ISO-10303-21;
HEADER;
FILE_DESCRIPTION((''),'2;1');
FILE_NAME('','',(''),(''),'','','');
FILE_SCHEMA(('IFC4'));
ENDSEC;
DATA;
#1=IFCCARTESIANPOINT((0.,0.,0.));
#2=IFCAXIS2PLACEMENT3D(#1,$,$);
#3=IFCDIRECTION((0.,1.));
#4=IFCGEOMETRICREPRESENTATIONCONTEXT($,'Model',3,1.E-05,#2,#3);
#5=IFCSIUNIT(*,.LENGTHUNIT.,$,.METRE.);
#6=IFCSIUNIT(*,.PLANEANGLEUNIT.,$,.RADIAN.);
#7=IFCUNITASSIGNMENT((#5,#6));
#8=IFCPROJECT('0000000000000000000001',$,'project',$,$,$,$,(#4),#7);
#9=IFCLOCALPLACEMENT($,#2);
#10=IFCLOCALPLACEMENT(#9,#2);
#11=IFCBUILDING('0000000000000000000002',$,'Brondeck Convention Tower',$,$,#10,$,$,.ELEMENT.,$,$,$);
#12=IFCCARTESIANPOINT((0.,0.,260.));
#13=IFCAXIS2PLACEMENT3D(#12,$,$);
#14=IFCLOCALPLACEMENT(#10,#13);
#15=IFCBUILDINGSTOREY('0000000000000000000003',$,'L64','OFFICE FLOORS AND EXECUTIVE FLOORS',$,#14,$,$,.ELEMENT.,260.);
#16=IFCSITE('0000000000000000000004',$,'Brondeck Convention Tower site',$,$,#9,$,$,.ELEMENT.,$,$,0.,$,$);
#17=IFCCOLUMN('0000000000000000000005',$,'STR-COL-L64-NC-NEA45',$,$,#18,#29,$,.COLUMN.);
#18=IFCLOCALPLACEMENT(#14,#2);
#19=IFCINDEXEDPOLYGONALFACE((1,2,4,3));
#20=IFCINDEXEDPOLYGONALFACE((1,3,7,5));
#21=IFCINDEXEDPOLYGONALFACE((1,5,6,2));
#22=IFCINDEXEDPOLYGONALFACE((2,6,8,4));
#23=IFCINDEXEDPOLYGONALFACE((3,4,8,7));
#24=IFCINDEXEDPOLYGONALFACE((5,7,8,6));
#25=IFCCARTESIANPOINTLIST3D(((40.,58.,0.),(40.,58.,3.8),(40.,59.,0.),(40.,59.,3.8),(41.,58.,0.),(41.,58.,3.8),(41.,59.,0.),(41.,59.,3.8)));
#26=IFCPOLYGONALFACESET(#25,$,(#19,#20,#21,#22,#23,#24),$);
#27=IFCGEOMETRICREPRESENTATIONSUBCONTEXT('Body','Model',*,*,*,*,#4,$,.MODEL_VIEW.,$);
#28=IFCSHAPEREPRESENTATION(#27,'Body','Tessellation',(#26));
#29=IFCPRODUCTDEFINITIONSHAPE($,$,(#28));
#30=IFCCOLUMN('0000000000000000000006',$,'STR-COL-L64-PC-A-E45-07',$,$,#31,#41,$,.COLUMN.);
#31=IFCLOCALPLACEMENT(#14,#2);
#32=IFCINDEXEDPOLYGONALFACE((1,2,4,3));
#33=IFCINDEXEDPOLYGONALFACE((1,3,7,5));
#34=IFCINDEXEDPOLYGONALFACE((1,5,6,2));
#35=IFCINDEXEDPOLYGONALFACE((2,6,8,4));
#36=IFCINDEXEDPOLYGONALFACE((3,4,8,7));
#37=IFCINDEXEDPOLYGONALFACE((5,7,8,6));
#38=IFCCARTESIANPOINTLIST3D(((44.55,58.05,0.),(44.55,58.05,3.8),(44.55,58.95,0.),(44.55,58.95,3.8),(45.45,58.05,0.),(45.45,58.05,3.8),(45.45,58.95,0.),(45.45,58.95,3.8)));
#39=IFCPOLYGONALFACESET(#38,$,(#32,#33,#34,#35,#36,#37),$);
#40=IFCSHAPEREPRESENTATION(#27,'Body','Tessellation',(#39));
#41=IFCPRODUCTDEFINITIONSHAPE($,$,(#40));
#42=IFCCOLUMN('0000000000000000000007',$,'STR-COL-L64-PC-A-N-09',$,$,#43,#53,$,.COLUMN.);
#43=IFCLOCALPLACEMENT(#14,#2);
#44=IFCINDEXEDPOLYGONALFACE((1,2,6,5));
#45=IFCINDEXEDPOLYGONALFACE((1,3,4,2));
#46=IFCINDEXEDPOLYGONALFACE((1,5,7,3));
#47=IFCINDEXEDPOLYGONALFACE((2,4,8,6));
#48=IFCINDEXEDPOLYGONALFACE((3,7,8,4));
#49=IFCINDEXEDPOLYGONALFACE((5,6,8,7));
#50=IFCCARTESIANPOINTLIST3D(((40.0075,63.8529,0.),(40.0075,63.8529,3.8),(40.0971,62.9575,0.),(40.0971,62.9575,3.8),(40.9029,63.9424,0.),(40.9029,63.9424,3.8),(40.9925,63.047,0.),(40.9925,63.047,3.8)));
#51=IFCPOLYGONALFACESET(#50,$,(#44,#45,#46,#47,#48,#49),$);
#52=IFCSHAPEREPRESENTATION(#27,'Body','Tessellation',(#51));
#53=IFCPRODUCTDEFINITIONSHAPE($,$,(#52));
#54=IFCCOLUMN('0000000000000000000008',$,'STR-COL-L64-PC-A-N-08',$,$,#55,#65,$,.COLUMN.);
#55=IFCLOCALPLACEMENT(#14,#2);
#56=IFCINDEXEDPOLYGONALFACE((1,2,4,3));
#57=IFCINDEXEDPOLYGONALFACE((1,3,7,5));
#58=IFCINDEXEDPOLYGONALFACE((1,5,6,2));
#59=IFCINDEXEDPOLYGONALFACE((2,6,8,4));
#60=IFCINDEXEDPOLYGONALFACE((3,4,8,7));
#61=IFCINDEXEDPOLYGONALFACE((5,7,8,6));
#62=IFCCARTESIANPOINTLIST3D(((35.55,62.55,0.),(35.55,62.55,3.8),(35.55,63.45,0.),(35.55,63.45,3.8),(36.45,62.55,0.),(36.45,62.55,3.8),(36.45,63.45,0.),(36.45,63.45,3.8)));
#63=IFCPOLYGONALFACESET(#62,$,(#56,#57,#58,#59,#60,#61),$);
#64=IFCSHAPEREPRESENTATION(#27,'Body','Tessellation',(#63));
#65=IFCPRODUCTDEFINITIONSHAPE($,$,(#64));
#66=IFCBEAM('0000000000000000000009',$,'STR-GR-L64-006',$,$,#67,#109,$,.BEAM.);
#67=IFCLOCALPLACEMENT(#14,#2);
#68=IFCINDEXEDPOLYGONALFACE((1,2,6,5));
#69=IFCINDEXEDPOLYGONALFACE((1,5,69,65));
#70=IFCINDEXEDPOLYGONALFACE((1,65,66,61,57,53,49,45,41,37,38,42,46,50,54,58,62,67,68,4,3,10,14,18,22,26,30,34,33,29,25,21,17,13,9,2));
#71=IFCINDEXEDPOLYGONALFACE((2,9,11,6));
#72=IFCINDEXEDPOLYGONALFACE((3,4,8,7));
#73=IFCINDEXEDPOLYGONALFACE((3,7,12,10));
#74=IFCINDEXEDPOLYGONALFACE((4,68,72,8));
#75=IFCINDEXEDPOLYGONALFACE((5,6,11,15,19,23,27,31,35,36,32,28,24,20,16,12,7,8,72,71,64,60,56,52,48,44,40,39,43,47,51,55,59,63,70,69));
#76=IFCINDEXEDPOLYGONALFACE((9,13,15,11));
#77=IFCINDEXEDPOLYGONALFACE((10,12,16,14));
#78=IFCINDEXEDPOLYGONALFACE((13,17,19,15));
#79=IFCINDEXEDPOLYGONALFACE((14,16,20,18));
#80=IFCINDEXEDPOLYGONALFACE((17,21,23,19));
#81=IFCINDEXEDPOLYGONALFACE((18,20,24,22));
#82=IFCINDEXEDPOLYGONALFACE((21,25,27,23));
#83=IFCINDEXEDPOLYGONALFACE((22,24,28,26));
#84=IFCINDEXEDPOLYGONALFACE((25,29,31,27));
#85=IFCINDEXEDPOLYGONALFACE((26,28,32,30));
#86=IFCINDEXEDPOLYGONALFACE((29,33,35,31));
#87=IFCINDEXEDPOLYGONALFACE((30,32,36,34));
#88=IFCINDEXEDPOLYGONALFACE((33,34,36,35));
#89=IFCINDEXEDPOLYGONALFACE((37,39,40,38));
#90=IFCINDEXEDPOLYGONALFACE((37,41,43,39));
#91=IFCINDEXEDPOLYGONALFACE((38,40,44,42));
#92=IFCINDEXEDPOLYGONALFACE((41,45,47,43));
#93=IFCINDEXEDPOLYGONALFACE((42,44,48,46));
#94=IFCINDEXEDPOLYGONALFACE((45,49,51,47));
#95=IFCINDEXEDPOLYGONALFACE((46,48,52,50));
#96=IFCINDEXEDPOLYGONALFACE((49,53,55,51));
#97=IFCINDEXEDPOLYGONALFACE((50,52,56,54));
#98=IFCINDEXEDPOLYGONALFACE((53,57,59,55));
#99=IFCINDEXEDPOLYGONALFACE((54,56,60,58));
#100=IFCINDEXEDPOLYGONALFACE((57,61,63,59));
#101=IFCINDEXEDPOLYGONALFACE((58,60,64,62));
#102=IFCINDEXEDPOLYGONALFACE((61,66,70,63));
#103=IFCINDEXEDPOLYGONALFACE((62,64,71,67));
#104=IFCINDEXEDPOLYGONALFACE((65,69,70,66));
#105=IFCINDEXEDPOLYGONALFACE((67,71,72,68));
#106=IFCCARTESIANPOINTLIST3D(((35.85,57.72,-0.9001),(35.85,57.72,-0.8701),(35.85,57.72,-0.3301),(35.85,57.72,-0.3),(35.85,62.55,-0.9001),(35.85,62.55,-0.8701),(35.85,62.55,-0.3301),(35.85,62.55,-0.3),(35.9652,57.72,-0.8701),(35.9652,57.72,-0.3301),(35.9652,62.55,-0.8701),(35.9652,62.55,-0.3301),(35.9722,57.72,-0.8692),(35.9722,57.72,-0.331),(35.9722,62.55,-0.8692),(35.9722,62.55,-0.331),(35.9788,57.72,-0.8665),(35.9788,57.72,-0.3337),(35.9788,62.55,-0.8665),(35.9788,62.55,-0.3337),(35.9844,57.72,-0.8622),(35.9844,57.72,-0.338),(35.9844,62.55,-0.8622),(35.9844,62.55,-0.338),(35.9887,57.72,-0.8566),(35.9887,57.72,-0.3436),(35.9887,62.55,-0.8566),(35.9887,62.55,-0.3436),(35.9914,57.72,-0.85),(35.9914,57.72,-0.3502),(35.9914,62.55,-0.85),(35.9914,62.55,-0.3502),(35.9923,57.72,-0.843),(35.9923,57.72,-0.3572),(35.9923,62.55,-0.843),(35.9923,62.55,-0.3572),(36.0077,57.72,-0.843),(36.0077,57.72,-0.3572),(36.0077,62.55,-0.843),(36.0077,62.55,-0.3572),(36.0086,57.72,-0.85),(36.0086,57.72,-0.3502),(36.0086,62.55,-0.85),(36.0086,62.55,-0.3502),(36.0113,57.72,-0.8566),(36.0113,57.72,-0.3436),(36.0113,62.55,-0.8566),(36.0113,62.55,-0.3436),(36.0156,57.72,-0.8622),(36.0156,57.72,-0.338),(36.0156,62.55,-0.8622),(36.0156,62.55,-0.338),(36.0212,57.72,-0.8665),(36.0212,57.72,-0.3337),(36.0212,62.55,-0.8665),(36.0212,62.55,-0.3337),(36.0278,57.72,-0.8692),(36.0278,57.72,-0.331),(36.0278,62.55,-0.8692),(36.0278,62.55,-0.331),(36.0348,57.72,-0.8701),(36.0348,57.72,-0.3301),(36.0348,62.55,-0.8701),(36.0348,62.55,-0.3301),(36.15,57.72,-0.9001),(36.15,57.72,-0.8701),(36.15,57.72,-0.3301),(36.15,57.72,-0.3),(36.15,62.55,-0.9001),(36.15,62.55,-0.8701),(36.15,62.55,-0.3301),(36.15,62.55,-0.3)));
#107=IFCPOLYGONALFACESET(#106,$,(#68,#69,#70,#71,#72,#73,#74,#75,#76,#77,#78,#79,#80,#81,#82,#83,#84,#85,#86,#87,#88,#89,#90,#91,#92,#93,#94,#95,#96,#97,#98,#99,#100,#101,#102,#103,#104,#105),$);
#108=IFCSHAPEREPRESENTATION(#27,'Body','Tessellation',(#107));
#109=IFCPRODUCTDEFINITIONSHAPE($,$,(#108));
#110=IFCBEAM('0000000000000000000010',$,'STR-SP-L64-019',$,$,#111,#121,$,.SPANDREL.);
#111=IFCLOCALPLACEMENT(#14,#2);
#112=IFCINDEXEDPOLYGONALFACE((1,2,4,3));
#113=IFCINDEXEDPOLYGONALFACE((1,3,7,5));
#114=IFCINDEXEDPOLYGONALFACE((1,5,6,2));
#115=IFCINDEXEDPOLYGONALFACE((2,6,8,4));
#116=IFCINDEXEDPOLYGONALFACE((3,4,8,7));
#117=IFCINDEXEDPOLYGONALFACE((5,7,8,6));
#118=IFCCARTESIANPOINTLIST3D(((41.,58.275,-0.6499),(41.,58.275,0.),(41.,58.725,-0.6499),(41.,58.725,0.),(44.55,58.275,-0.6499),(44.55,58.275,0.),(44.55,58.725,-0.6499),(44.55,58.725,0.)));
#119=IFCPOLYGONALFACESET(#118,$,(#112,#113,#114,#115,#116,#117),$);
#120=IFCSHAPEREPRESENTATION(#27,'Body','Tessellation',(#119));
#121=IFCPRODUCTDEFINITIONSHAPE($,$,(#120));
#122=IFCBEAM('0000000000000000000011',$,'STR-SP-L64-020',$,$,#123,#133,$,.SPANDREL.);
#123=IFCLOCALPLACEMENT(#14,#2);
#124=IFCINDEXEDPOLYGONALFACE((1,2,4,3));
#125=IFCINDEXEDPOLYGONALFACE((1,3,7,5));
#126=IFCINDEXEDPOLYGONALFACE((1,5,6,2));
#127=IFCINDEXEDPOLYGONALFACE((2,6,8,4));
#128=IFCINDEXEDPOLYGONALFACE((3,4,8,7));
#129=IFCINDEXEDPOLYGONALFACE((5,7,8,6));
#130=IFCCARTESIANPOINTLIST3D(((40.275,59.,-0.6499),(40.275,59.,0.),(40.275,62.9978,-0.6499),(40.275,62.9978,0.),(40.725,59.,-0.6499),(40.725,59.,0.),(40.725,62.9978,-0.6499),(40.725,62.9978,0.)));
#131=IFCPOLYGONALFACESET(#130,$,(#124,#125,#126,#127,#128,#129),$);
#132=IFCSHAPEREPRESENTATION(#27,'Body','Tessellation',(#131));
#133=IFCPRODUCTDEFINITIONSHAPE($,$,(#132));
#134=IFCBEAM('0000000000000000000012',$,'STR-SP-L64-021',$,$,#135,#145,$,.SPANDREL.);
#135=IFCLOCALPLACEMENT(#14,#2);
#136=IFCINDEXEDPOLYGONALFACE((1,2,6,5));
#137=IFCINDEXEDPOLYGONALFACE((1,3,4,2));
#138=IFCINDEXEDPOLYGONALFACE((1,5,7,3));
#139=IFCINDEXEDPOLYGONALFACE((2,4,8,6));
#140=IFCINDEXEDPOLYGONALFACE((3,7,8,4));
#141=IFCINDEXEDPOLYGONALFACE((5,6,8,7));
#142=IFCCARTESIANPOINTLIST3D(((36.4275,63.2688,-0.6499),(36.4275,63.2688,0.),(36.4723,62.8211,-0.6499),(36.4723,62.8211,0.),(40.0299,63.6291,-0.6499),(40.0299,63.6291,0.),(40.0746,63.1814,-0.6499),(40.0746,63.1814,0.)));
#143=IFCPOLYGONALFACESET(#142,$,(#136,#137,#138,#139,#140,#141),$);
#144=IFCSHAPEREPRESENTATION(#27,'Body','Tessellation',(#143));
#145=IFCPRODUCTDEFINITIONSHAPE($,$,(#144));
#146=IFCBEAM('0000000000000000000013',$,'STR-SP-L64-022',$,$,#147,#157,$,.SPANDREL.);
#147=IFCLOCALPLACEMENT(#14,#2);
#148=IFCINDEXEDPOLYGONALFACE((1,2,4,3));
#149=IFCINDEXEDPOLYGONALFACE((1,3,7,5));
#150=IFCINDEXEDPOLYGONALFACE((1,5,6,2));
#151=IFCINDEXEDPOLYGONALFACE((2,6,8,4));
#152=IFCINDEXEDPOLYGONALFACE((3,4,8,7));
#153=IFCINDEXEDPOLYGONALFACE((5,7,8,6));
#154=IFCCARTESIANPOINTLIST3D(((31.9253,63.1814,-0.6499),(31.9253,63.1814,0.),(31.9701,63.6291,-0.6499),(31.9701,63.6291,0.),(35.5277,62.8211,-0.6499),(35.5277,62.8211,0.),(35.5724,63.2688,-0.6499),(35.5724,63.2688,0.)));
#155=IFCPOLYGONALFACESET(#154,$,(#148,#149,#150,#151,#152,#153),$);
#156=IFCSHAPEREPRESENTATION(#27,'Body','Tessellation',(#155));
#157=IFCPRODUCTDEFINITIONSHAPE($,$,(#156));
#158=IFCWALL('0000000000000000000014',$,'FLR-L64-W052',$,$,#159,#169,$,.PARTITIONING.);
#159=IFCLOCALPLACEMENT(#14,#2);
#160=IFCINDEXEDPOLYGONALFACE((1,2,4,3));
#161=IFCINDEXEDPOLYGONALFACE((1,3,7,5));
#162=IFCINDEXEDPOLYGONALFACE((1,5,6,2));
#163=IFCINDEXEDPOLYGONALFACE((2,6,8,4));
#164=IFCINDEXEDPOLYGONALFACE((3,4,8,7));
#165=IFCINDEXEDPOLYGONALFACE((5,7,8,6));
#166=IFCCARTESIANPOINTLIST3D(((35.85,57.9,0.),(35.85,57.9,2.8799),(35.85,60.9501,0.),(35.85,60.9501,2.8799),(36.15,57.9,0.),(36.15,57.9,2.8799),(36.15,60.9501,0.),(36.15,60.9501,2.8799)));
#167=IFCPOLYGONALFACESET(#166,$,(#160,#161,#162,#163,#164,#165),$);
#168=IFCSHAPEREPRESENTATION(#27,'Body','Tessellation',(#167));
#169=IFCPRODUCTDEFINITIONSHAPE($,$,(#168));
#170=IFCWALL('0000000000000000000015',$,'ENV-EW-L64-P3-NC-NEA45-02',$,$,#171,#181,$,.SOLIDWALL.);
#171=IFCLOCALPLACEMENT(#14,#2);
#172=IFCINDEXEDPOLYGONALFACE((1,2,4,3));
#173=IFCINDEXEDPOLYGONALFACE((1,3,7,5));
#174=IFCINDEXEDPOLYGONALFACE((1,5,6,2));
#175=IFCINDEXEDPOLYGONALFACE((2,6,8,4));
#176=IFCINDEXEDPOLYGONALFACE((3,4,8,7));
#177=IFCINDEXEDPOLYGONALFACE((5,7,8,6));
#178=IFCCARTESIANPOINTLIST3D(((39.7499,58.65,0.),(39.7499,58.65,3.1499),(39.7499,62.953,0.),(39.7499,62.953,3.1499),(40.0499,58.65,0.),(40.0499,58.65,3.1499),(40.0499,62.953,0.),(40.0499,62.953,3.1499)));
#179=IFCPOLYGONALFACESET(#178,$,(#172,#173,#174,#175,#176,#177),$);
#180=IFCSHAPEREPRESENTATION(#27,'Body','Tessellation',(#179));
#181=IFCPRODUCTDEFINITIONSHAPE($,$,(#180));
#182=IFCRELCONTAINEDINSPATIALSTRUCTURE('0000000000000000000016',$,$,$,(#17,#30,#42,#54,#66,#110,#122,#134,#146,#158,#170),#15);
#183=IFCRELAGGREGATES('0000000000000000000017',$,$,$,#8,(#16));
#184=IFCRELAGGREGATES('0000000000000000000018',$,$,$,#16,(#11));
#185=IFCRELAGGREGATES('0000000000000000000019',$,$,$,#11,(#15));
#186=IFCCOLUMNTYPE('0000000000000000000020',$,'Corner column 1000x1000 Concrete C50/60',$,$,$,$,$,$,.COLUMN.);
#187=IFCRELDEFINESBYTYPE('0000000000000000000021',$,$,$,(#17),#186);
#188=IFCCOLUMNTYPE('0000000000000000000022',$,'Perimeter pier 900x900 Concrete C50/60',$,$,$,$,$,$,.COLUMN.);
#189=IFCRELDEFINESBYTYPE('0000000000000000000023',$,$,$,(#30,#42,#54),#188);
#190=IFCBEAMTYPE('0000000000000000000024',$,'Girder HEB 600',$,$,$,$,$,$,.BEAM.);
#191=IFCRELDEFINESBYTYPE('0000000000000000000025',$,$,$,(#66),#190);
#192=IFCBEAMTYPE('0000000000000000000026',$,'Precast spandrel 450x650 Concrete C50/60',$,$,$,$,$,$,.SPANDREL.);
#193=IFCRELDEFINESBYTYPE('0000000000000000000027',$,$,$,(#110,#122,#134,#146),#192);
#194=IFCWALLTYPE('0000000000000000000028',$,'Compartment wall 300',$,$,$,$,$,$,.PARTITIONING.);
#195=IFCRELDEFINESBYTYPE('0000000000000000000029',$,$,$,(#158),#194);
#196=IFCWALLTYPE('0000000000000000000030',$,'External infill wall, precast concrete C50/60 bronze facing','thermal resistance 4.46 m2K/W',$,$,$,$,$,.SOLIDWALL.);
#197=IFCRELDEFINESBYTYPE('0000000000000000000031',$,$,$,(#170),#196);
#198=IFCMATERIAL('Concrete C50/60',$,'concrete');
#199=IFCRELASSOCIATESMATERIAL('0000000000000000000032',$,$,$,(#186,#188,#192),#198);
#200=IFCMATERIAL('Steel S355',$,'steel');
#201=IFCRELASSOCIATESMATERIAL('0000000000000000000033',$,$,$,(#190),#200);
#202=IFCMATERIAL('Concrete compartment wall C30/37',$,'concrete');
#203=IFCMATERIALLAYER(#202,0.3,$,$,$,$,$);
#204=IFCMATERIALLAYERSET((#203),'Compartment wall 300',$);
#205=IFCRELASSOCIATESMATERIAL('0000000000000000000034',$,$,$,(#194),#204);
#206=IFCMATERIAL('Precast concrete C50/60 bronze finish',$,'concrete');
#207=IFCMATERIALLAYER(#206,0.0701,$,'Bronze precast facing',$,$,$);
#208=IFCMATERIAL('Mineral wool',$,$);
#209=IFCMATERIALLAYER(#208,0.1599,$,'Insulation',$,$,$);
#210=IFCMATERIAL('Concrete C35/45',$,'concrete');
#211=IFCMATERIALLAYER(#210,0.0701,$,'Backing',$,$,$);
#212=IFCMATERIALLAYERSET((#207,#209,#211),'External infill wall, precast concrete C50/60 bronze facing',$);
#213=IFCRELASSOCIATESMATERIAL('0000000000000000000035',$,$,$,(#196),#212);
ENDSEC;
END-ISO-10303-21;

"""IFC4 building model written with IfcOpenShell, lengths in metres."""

from ifc_helpers import new_model, si_unit, direction, frame, frame_2d, origin, origin_2d, place, context, subcontext, project, spatial, rectangle, i_section, extrude, material, layer, layer_set, material_profile, profile_set, type_object, element, save


model = new_model("IFC4")

# Units and contexts
model_context = context("Model", 3, precision=1e-05, world=origin(), true_north=direction((0.0, 1.0)))
body_context = subcontext(model_context, "Body", "Model", "MODEL_VIEW")
ifc_project = project(units=[si_unit("LENGTHUNIT", "METRE"), si_unit("PLANEANGLEUNIT", "RADIAN")], contexts=[model_context])

# Site, building, storey
site_placement = place(None, origin())
site = spatial("IfcSite", under=ifc_project, at=site_placement, Name="Brondeck Convention Tower site", CompositionType="ELEMENT", RefElevation=0.0)
building_placement = place(site_placement, origin())
building = spatial("IfcBuilding", under=site, at=building_placement, Name="Brondeck Convention Tower", CompositionType="ELEMENT")
storey_placement = place(building_placement, frame((0.0, 0.0, 260.0)))
storey = spatial("IfcBuildingStorey", under=building, at=storey_placement, Name="L64", Description="OFFICE FLOORS AND EXECUTIVE FLOORS", CompositionType="ELEMENT", Elevation=260.0)

# Columns
ifc_material_1 = material(Name="Concrete C50/60", Category="concrete")
ifc_material_profile_1 = material_profile(ifc_material_1, rectangle(XDim=1.0, YDim=1.0, at=origin_2d()), Name="Corner column 1000x1000 Concrete C50/60")
ifc_profile_set_1 = profile_set([ifc_material_profile_1], Name="Concrete C50/60")
column_type_1 = type_object("IfcColumnType", Name="Corner column 1000x1000 Concrete C50/60", PredefinedType="COLUMN", material=ifc_profile_set_1)
column_placement = place(storey_placement, frame((40.5, 58.5, 0.0), z_axis=(0.0, 0.0, 1.0), x_axis=(1.0, 0.0, 0.0)))
element("IfcColumn", 1, at=column_placement, inside=storey, type_object=column_type_1, Name="STR-COL-L64-NC-NEA45", PredefinedType="COLUMN", context=body_context, shape_type="SweptSolid", body=[
    extrude(rectangle(XDim=1.0, YDim=1.0, at=origin_2d()), origin(), (0.0, 0.0, 1.0), 3.8),
])
ifc_material_profile_2 = material_profile(ifc_material_1, rectangle(XDim=0.8999, YDim=0.8999, at=origin_2d()), Name="Perimeter pier 900x900 Concrete C50/60")
ifc_profile_set_2 = profile_set([ifc_material_profile_2], Name="Concrete C50/60")
column_type_2 = type_object("IfcColumnType", Name="Perimeter pier 900x900 Concrete C50/60", PredefinedType="COLUMN", material=ifc_profile_set_2)
for number, where, z_axis, x_axis, name in (
    (2, (45.0, 58.5, 0.0), (0.0, 0.0, 1.0), (0.0, 1.0, 0.0), "STR-COL-L64-PC-A-E45-07"),
    (3, (40.5, 63.45, 0.0), (0.0, 0.0, 1.0), (-0.995037, -0.099504, 0.0), "STR-COL-L64-PC-A-N-09"),
    (4, (36.0, 63.0, 0.0), (0.0, 0.0, 1.0), (-1.0, 0.0, 0.0), "STR-COL-L64-PC-A-N-08"),
):
    element("IfcColumn", number, at=place(storey_placement, frame(where, z_axis=z_axis, x_axis=x_axis)), inside=storey, type_object=column_type_2, Name=name, PredefinedType="COLUMN", context=body_context, shape_type="SweptSolid", body=[
        extrude(rectangle(XDim=0.8999, YDim=0.8999, at=origin_2d()), origin(), (0.0, 0.0, 1.0), 3.8),
    ])

# Beams
ifc_material_2 = material(Name="Steel S355", Category="steel")
ifc_material_profile_3 = material_profile(ifc_material_2, i_section(OverallWidth=0.3, OverallDepth=0.6001, WebThickness=0.0154, FlangeThickness=0.03, FilletRadius=0.0271, at=origin_2d()), Name="HEB 600")
ifc_profile_set_3 = profile_set([ifc_material_profile_3], Name="Steel S355")
beam_type_1 = type_object("IfcBeamType", Name="Girder HEB 600", PredefinedType="BEAM", material=ifc_profile_set_3)
beam_1_placement = place(storey_placement, frame((36.0, 57.72, -0.6001), z_axis=(0.0, 1.0, 0.0), x_axis=(-1.0, 0.0, 0.0)))
element("IfcBeam", 5, at=beam_1_placement, inside=storey, type_object=beam_type_1, Name="STR-GR-L64-006", PredefinedType="BEAM", context=body_context, shape_type="SweptSolid", body=[
    extrude(i_section(OverallWidth=0.3, OverallDepth=0.6001, WebThickness=0.0154, FlangeThickness=0.03, FilletRadius=0.0271, at=origin_2d()), origin(), (0.0, 0.0, 1.0), 4.8301),
])
ifc_material_profile_4 = material_profile(ifc_material_1, rectangle(XDim=0.45, YDim=0.6499, at=origin_2d()), Name="Precast spandrel 450x650 Concrete C50/60")
ifc_profile_set_4 = profile_set([ifc_material_profile_4], Name="Concrete C50/60")
beam_type_2 = type_object("IfcBeamType", Name="Precast spandrel 450x650 Concrete C50/60", PredefinedType="SPANDREL", material=ifc_profile_set_4)
beam_2_placement = place(storey_placement, frame((44.55, 58.5, -0.325), z_axis=(-1.0, 0.0, 0.0), x_axis=(0.0, -1.0, 0.0)))
element("IfcBeam", 6, at=beam_2_placement, inside=storey, type_object=beam_type_2, Name="STR-SP-L64-019", PredefinedType="SPANDREL", context=body_context, shape_type="SweptSolid", body=[
    extrude(rectangle(XDim=0.45, YDim=0.6499, at=origin_2d()), origin(), (0.0, 0.0, 1.0), 3.55),
])
beam_3_placement = place(storey_placement, frame((40.5, 59.0, -0.325), z_axis=(0.0, 1.0, 0.0), x_axis=(-1.0, 0.0, 0.0)))
element("IfcBeam", 7, at=beam_3_placement, inside=storey, type_object=beam_type_2, Name="STR-SP-L64-020", PredefinedType="SPANDREL", context=body_context, shape_type="SweptSolid", body=[
    extrude(rectangle(XDim=0.45, YDim=0.6499, at=origin_2d()), origin(), (0.0, 0.0, 1.0), 3.9978),
])
for number, where, z_axis, x_axis, name in (
    (8, (40.0522, 63.4053, -0.325), (-0.995034, -0.099537, 0.0), (0.099537, -0.995034, 0.0), "STR-SP-L64-021"),
    (9, (35.55, 63.0449, -0.325), (-0.995034, 0.099537, 0.0), (-0.099537, -0.995034, 0.0), "STR-SP-L64-022"),
):
    element("IfcBeam", number, at=place(storey_placement, frame(where, z_axis=z_axis, x_axis=x_axis)), inside=storey, type_object=beam_type_2, Name=name, PredefinedType="SPANDREL", context=body_context, shape_type="SweptSolid", body=[
        extrude(rectangle(XDim=0.45, YDim=0.6499, at=origin_2d()), origin(), (0.0, 0.0, 1.0), 3.6204),
    ])

# Walls
ifc_material_3 = material(Name="Concrete compartment wall C30/37", Category="concrete")
ifc_layer_1 = layer(ifc_material_3, 0.3)
ifc_layer_set_1 = layer_set([ifc_layer_1], Name="Compartment wall 300")
wall_type_1 = type_object("IfcWallType", Name="Compartment wall 300", PredefinedType="PARTITIONING", material=ifc_layer_set_1)
wall_1_placement = place(storey_placement, frame((36.0, 60.95, 0.0), z_axis=(0.0, 0.0, 1.0), x_axis=(0.0, -1.0, 0.0)))
element("IfcWall", 10, at=wall_1_placement, inside=storey, type_object=wall_type_1, Name="FLR-L64-W052", PredefinedType="PARTITIONING", context=body_context, shape_type="SweptSolid", body=[
    extrude(rectangle(XDim=3.05, YDim=0.3, at=frame_2d((1.5249, 0.0))), origin(), (0.0, 0.0, 1.0), 2.8799),
])
ifc_material_4 = material(Name="Precast concrete C50/60 bronze finish", Category="concrete")
ifc_layer_2 = layer(ifc_material_4, 0.0701, Name="Bronze precast facing")
ifc_material_5 = material(Name="Mineral wool")
ifc_layer_3 = layer(ifc_material_5, 0.1599, Name="Insulation")
ifc_material_6 = material(Name="Concrete C35/45", Category="concrete")
ifc_layer_4 = layer(ifc_material_6, 0.0701, Name="Backing")
ifc_layer_set_2 = layer_set([ifc_layer_2, ifc_layer_3, ifc_layer_4], Name="External infill wall, precast concrete C50/60 bronze facing")
wall_type_2 = type_object("IfcWallType", Name="External infill wall, precast concrete C50/60 bronze facing", Description="thermal resistance 4.46 m2K/W", PredefinedType="SOLIDWALL", material=ifc_layer_set_2)
wall_2_placement = place(storey_placement, frame((39.8999, 62.9529, 0.0), z_axis=(0.0, 0.0, 1.0), x_axis=(0.0, -1.0, 0.0)))
element("IfcWall", 11, at=wall_2_placement, inside=storey, type_object=wall_type_2, Name="ENV-EW-L64-P3-NC-NEA45-02", PredefinedType="SOLIDWALL", context=body_context, shape_type="SweptSolid", body=[
    extrude(rectangle(XDim=4.303, YDim=0.3, at=frame_2d((2.1514, 0.0))), origin(), (0.0, 0.0, 1.0), 3.1499),
])

save(model, "model.ifc")
